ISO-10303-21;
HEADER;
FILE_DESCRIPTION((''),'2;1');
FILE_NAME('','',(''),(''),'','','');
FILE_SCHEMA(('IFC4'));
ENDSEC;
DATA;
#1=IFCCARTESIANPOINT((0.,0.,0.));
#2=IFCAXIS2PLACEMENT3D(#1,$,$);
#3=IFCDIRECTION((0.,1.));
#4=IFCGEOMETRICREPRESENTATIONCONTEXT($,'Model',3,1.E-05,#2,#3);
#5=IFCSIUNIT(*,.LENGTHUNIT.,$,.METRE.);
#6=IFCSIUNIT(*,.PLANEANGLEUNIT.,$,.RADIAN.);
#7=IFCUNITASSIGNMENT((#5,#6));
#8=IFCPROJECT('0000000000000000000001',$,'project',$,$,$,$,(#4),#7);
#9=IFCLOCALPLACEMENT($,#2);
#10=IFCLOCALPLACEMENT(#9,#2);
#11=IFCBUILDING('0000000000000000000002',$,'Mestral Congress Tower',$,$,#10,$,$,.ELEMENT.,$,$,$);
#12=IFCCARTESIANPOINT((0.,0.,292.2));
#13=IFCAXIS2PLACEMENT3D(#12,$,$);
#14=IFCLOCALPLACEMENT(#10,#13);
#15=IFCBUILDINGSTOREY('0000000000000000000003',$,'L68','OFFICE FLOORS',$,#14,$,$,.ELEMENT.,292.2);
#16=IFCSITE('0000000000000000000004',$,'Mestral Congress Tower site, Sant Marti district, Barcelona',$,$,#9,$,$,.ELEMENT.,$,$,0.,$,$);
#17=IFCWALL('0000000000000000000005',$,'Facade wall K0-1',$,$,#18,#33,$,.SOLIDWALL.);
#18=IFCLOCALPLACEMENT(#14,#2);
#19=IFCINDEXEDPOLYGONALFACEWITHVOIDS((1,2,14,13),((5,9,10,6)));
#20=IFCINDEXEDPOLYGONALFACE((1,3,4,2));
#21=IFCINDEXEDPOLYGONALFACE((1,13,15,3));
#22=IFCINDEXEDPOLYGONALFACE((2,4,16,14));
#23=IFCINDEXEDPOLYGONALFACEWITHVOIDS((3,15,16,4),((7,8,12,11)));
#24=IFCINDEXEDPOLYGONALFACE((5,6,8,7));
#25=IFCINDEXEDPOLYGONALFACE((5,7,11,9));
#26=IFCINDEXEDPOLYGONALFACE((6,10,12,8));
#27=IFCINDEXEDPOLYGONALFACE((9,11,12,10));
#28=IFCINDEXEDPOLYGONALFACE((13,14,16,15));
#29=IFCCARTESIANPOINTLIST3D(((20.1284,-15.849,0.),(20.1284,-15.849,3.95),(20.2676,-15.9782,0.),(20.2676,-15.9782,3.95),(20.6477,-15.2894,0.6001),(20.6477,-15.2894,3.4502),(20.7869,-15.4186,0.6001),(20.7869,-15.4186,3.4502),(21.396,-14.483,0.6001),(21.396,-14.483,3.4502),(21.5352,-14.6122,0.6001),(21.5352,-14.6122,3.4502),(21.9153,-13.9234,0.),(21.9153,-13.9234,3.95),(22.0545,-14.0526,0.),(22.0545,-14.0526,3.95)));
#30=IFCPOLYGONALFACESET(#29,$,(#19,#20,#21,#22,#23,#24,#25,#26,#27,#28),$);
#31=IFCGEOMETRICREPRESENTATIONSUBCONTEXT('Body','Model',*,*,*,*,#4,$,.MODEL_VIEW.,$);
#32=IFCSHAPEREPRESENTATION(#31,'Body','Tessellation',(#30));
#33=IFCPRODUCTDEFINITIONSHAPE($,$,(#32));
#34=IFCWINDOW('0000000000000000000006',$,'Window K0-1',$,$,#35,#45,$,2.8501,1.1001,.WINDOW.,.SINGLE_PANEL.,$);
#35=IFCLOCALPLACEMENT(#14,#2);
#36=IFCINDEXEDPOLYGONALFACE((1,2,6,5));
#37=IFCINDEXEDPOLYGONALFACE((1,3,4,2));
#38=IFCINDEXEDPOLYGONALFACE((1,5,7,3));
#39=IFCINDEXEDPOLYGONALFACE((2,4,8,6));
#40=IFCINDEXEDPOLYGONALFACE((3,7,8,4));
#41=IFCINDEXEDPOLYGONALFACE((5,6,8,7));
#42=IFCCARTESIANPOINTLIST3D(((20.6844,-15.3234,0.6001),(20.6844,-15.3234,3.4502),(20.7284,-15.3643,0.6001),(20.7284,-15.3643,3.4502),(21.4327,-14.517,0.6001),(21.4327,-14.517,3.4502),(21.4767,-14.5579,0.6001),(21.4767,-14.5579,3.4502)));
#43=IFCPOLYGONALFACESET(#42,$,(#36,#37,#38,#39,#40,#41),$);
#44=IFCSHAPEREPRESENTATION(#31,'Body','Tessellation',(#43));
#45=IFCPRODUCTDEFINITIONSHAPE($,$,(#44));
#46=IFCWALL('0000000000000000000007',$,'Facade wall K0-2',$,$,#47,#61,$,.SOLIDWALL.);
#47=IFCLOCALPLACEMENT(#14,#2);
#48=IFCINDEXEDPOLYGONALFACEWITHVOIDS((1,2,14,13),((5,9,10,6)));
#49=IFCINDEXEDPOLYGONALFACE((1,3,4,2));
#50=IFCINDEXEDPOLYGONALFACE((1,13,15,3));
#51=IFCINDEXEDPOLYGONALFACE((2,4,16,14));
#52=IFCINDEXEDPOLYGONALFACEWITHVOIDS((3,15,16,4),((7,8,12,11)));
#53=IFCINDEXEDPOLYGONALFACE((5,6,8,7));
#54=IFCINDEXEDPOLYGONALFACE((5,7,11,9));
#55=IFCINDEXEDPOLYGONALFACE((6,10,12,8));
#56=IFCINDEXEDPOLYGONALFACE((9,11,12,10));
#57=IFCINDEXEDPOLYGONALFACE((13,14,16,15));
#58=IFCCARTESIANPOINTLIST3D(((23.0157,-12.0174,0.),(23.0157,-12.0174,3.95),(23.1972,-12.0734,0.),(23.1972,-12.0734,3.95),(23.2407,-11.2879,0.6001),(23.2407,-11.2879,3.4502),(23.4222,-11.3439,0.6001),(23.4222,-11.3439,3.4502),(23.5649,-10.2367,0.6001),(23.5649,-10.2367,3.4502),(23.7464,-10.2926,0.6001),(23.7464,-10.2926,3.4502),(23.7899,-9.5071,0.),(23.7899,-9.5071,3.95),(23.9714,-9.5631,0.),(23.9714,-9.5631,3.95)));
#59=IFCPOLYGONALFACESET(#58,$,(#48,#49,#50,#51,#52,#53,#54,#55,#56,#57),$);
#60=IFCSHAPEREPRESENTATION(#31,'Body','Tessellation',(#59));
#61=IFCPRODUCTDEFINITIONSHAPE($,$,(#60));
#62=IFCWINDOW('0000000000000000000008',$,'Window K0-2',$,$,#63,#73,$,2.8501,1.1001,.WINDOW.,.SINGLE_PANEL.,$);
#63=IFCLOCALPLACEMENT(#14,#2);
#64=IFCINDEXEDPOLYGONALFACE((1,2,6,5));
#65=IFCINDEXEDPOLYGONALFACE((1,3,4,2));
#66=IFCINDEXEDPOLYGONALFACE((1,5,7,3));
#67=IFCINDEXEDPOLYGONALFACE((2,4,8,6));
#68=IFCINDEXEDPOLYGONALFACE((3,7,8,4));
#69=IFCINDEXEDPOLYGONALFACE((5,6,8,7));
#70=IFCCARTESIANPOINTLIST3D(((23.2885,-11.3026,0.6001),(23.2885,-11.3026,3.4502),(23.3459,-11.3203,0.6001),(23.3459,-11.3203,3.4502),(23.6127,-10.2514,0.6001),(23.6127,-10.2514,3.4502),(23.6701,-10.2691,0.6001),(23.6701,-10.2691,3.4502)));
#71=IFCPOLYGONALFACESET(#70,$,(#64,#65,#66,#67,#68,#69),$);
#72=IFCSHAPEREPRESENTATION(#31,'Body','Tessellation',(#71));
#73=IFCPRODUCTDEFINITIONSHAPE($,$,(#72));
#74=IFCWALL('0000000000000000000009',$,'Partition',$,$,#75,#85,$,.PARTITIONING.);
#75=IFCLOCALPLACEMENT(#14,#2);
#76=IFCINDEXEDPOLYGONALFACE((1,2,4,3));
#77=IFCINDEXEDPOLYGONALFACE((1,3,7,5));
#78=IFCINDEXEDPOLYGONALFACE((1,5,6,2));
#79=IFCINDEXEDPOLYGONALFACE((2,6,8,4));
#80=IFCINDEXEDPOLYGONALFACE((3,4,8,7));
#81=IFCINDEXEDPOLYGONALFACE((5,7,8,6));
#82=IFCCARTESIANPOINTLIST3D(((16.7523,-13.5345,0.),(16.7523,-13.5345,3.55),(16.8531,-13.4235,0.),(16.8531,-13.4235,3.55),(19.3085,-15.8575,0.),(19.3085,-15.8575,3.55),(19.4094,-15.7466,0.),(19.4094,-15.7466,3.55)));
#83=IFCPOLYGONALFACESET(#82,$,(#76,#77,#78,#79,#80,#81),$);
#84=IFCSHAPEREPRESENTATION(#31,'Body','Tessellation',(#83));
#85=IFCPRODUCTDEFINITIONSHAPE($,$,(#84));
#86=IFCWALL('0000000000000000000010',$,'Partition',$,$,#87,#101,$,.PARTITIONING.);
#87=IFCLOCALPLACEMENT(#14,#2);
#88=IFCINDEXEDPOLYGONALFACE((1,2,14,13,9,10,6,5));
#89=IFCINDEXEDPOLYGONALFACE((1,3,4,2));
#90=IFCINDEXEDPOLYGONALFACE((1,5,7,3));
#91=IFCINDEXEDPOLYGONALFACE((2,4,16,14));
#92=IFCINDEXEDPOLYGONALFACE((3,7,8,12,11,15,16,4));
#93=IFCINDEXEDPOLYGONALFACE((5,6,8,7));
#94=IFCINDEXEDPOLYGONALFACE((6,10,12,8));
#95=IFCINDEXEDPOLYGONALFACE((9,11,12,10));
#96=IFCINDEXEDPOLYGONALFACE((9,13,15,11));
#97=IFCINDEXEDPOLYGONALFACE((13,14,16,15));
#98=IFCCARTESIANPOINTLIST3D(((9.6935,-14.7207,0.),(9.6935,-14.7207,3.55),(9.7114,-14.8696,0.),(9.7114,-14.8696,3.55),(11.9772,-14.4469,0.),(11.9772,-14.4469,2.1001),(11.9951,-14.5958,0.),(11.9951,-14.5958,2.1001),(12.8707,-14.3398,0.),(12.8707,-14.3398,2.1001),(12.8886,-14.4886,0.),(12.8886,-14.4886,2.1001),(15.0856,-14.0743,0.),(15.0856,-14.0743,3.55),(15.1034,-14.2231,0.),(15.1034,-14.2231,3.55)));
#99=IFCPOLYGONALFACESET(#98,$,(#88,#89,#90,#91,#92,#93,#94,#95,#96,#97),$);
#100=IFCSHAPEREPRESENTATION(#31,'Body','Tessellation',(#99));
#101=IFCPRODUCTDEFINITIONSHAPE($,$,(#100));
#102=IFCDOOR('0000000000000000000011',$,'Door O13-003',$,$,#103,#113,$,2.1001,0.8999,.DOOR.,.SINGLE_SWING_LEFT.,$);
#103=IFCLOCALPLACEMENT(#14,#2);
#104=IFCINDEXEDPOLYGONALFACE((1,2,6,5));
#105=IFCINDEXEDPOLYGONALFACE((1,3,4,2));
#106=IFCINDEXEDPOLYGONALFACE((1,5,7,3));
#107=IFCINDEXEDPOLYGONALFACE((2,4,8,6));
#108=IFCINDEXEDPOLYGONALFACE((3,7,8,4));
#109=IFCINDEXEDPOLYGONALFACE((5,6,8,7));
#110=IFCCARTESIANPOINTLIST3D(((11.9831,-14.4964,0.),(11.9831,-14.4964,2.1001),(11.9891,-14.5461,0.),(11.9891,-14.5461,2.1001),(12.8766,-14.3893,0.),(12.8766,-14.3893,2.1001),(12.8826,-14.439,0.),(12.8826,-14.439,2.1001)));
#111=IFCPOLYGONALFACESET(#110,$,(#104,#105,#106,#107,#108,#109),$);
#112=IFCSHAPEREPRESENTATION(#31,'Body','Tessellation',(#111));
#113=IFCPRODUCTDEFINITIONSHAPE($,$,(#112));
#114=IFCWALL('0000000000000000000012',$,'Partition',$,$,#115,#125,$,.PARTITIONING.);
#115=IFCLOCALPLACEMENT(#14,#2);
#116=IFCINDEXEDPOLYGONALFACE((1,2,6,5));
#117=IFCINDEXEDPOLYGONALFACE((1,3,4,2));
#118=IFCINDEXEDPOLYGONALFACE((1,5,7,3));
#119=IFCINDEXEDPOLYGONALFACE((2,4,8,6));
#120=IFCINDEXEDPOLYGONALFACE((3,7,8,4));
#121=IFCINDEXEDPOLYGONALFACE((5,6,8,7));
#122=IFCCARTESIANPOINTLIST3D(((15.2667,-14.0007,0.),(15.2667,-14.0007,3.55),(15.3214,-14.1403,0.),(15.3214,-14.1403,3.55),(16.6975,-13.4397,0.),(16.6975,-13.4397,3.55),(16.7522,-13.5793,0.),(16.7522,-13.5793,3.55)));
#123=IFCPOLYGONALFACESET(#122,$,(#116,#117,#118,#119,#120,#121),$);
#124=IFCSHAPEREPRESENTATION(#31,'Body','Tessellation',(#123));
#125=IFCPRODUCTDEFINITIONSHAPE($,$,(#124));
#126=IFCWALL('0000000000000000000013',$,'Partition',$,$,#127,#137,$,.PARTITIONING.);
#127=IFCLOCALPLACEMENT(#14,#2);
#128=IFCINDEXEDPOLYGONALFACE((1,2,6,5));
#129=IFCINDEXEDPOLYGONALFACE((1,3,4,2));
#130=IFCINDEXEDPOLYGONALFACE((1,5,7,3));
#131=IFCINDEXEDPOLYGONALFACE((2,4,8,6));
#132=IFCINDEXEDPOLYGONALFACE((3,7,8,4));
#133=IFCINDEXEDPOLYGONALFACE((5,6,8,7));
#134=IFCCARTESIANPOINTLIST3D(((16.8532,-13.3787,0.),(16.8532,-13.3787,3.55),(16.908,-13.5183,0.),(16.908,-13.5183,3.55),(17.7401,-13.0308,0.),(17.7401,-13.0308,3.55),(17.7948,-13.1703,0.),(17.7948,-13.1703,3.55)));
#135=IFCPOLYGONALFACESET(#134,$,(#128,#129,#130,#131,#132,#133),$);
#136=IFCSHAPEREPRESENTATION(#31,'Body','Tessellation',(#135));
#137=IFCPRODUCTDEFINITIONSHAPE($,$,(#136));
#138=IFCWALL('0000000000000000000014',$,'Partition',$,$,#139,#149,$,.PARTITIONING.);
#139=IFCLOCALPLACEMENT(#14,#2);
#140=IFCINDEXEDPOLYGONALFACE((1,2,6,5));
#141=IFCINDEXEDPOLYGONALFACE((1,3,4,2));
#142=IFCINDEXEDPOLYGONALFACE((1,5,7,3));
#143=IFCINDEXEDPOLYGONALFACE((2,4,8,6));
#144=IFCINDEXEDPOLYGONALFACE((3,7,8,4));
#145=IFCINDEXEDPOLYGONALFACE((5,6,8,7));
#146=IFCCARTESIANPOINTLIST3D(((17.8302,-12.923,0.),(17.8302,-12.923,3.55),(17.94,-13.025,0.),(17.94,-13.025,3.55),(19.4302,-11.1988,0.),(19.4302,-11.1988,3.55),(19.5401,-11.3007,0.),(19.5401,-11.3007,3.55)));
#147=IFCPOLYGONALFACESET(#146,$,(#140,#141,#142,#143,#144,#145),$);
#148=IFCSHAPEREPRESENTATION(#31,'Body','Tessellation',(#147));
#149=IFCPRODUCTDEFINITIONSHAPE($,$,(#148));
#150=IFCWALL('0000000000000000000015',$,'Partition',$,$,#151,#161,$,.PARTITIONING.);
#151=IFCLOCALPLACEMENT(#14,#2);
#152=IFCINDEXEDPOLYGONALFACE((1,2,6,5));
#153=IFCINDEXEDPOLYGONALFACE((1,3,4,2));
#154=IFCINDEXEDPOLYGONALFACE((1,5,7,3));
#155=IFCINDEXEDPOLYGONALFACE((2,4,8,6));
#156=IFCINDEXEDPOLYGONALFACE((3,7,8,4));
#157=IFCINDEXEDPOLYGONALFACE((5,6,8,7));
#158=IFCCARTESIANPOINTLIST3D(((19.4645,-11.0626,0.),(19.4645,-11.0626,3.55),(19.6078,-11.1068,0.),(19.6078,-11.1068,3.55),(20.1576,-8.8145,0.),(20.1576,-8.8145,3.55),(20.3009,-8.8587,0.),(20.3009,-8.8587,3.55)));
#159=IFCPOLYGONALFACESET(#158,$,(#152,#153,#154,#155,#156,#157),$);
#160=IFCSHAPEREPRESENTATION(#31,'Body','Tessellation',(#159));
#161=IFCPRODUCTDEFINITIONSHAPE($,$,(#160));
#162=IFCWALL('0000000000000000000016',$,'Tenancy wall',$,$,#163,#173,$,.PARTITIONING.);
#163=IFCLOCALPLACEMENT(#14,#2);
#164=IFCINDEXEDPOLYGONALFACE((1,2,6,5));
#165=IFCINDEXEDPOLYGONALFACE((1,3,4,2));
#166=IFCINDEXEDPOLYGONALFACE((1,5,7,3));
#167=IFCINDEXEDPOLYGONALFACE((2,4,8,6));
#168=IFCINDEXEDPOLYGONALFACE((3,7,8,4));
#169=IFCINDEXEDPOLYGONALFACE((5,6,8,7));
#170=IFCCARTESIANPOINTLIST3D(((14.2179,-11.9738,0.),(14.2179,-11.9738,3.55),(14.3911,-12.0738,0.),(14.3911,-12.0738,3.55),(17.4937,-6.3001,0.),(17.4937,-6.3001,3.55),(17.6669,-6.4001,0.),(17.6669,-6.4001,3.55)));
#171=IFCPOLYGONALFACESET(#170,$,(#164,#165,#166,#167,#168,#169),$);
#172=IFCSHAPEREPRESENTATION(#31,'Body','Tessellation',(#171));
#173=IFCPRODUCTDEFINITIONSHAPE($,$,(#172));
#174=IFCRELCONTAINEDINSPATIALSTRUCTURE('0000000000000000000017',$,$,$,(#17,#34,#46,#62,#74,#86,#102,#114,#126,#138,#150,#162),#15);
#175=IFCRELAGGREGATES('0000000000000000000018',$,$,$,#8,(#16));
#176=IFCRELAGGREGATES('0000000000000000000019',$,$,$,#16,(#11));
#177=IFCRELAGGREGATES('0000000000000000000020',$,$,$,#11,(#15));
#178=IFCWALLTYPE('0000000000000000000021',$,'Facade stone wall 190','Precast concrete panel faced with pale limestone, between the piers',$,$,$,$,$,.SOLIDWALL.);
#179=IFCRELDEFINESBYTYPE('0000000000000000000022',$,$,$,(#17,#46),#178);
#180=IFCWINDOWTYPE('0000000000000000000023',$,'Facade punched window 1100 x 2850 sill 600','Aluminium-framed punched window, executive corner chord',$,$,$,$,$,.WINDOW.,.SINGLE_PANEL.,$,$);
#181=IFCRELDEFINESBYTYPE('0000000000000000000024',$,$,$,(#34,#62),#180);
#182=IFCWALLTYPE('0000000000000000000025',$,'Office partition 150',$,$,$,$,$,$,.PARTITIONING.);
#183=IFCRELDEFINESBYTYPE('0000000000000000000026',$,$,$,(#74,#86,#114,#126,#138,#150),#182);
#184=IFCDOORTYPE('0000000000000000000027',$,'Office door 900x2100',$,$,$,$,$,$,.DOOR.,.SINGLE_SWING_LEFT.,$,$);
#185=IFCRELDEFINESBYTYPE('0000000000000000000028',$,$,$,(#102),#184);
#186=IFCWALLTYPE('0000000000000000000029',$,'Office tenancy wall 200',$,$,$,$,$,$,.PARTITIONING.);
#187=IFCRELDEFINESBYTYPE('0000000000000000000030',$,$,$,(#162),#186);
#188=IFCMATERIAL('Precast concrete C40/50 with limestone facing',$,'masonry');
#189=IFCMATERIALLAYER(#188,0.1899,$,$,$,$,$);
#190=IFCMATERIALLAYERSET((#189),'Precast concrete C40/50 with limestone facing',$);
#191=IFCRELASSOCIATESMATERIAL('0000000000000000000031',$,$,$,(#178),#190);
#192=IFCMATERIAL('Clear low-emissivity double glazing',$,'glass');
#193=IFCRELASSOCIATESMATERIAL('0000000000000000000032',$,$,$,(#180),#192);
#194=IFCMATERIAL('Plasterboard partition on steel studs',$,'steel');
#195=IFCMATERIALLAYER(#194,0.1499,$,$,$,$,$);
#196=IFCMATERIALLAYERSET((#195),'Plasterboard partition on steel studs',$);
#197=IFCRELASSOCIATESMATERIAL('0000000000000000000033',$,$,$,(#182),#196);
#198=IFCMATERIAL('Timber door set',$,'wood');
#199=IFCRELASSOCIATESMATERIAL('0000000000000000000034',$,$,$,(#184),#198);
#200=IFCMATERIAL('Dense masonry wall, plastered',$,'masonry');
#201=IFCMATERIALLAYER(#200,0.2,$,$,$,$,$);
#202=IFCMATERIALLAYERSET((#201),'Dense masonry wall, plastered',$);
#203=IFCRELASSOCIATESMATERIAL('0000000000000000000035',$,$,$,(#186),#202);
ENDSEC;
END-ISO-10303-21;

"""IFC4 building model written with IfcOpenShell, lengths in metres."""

from ifc_helpers import new_model, si_unit, direction, frame, frame_2d, origin, place, context, subcontext, project, spatial, rectangle, extrude, material, layer, layer_set, type_object, element, fill, save


model = new_model("IFC4")

# Units and contexts
model_context = context("Model", 3, precision=1e-05, world=origin(), true_north=direction((0.0, 1.0)))
body_context = subcontext(model_context, "Body", "Model", "MODEL_VIEW")
ifc_project = project(units=[si_unit("LENGTHUNIT", "METRE"), si_unit("PLANEANGLEUNIT", "RADIAN")], contexts=[model_context])

# Site, building, storey
site_placement = place(None, origin())
site = spatial("IfcSite", under=ifc_project, at=site_placement, Name="Mestral Congress Tower site, Sant Marti district, Barcelona", CompositionType="ELEMENT", RefElevation=0.0)
building_placement = place(site_placement, origin())
building = spatial("IfcBuilding", under=site, at=building_placement, Name="Mestral Congress Tower", CompositionType="ELEMENT")
storey_placement = place(building_placement, frame((0.0, 0.0, 292.2)))
storey = spatial("IfcBuildingStorey", under=building, at=storey_placement, Name="L68", Description="OFFICE FLOORS", CompositionType="ELEMENT", Elevation=292.2)

# Walls, openings, windows
ifc_material_1 = material(Name="Precast concrete C40/50 with limestone facing", Category="masonry")
ifc_layer_1 = layer(ifc_material_1, 0.1899)
ifc_layer_set_1 = layer_set([ifc_layer_1], Name="Precast concrete C40/50 with limestone facing")
wall_type_1 = type_object("IfcWallType", Name="Facade stone wall 190", Description="Precast concrete panel faced with pale limestone, between the piers", PredefinedType="SOLIDWALL", material=ifc_layer_set_1)
ifc_material_2 = material(Name="Clear low-emissivity double glazing", Category="glass")
window_type = type_object("IfcWindowType", Name="Facade punched window 1100 x 2850 sill 600", Description="Aluminium-framed punched window, executive corner chord", PartitioningType="SINGLE_PANEL", PredefinedType="WINDOW", material=ifc_material_2)
wall_1_placement = place(storey_placement, frame((20.198, -15.9136, 0.0), z_axis=(0.0, 0.0, 1.0), x_axis=(0.680219, 0.733009, 0.0)))
wall_1 = element("IfcWall", 1, at=wall_1_placement, inside=storey, type_object=wall_type_1, Name="Facade wall K0-1", PredefinedType="SOLIDWALL", context=body_context, shape_type="SweptSolid", body=[
    extrude(rectangle(XDim=2.627, YDim=0.1899, at=frame_2d((1.3135, 0.0))), origin(), (0.0, 0.0, 1.0), 3.95),
])
opening_1_placement = place(wall_1_placement, frame((0.7634, 0.0, 0.6001)))
opening_1 = element("IfcOpeningElement", 2, at=opening_1_placement, cuts=wall_1, PredefinedType="OPENING", context=body_context, shape_type="SweptSolid", body=[
    extrude(rectangle(XDim=1.1001, YDim=2.8501, at=frame_2d((0.55, 1.425))), frame((0.0, 0.105, 0.0), z_axis=(0.0, -1.0, 0.0), x_axis=(1.0, 0.0, 0.0)), (0.0, 0.0, 1.0), 0.21),
])
window_1_placement = place(opening_1_placement, origin())
window_1 = element("IfcWindow", 3, at=window_1_placement, inside=storey, type_object=window_type, Name="Window K0-1", OverallHeight=2.8501, OverallWidth=1.1001, PartitioningType="SINGLE_PANEL", PredefinedType="WINDOW", context=body_context, shape_type="SweptSolid", body=[
    extrude(rectangle(XDim=1.1001, YDim=2.8501, at=frame_2d((0.55, 1.425))), frame((0.0, 0.0449, 0.0), z_axis=(0.0, -1.0, 0.0), x_axis=(1.0, 0.0, 0.0)), (0.0, 0.0, 1.0), 0.0601),
])
fill(opening_1, window_1)
wall_2_placement = place(storey_placement, frame((23.1064, -12.0454, 0.0), z_axis=(0.0, 0.0, 1.0), x_axis=(0.294706, 0.955588, 0.0)))
wall_2 = element("IfcWall", 4, at=wall_2_placement, inside=storey, type_object=wall_type_1, Name="Facade wall K0-2", PredefinedType="SOLIDWALL", context=body_context, shape_type="SweptSolid", body=[
    extrude(rectangle(XDim=2.627, YDim=0.1899, at=frame_2d((1.3135, 0.0))), origin(), (0.0, 0.0, 1.0), 3.95),
])
opening_2_placement = place(wall_2_placement, frame((0.7634, 0.0, 0.6001)))
opening_2 = element("IfcOpeningElement", 5, at=opening_2_placement, cuts=wall_2, PredefinedType="OPENING", context=body_context, shape_type="SweptSolid", body=[
    extrude(rectangle(XDim=1.1001, YDim=2.8501, at=frame_2d((0.55, 1.425))), frame((0.0, 0.105, 0.0), z_axis=(0.0, -1.0, 0.0), x_axis=(1.0, 0.0, 0.0)), (0.0, 0.0, 1.0), 0.21),
])
window_2_placement = place(opening_2_placement, origin())
window_2 = element("IfcWindow", 6, at=window_2_placement, inside=storey, type_object=window_type, Name="Window K0-2", OverallHeight=2.8501, OverallWidth=1.1001, PartitioningType="SINGLE_PANEL", PredefinedType="WINDOW", context=body_context, shape_type="SweptSolid", body=[
    extrude(rectangle(XDim=1.1001, YDim=2.8501, at=frame_2d((0.55, 1.425))), frame((0.0, 0.0449, 0.0), z_axis=(0.0, -1.0, 0.0), x_axis=(1.0, 0.0, 0.0)), (0.0, 0.0, 1.0), 0.0601),
])
fill(opening_2, window_2)

# Wall
ifc_material_3 = material(Name="Plasterboard partition on steel studs", Category="steel")
ifc_layer_2 = layer(ifc_material_3, 0.1499)
ifc_layer_set_2 = layer_set([ifc_layer_2], Name="Plasterboard partition on steel studs")
wall_type_2 = type_object("IfcWallType", Name="Office partition 150", PredefinedType="PARTITIONING", material=ifc_layer_set_2)
wall_3_placement = place(storey_placement, frame((16.8027, -13.479, 0.0), z_axis=(0.0, 0.0, 1.0), x_axis=(0.740052, -0.67255, 0.0)))
element("IfcWall", 7, at=wall_3_placement, inside=storey, type_object=wall_type_2, Name="Partition", PredefinedType="PARTITIONING", context=body_context, shape_type="SweptSolid", body=[
    extrude(rectangle(XDim=3.4541, YDim=0.1499, at=frame_2d((1.7271, 0.0))), origin(), (0.0, 0.0, 1.0), 3.55),
])

# Wall, opening, door
wall_4_placement = place(storey_placement, frame((15.0945, -14.1487, 0.0), z_axis=(0.0, 0.0, 1.0), x_axis=(-0.992889, -0.119042, 0.0)))
wall_4 = element("IfcWall", 8, at=wall_4_placement, inside=storey, type_object=wall_type_2, Name="Partition", PredefinedType="PARTITIONING", context=body_context, shape_type="SweptSolid", body=[
    extrude(rectangle(XDim=5.4307, YDim=0.1499, at=frame_2d((2.7153, 0.0))), origin(), (0.0, 0.0, 1.0), 3.55),
])
opening_3_placement = place(wall_4_placement, frame((2.2307, 0.0, 0.0)))
opening_3 = element("IfcOpeningElement", 9, at=opening_3_placement, cuts=wall_4, PredefinedType="OPENING", context=body_context, shape_type="SweptSolid", body=[
    extrude(rectangle(XDim=0.8999, YDim=2.1001, at=frame_2d((0.45, 1.05))), frame((0.0, 0.085, 0.0), z_axis=(0.0, -1.0, 0.0), x_axis=(1.0, 0.0, 0.0)), (0.0, 0.0, 1.0), 0.1699),
])
ifc_material_4 = material(Name="Timber door set", Category="wood")
door_type = type_object("IfcDoorType", Name="Office door 900x2100", OperationType="SINGLE_SWING_LEFT", PredefinedType="DOOR", material=ifc_material_4)
door_placement = place(opening_3_placement, origin())
door = element("IfcDoor", 10, at=door_placement, inside=storey, type_object=door_type, Name="Door O13-003", OperationType="SINGLE_SWING_LEFT", OverallHeight=2.1001, OverallWidth=0.8999, PredefinedType="DOOR", context=body_context, shape_type="SweptSolid", body=[
    extrude(rectangle(XDim=0.8999, YDim=2.1001, at=frame_2d((0.45, 1.05))), frame((0.0, 0.0249, 0.0), z_axis=(0.0, -1.0, 0.0), x_axis=(1.0, 0.0, 0.0)), (0.0, 0.0, 1.0), 0.05),
])
fill(opening_3, door)

# Walls
wall_5_placement = place(storey_placement, frame((15.2939, -14.0706, 0.0), z_axis=(0.0, 0.0, 1.0), x_axis=(0.930996, 0.365028, 0.0)))
element("IfcWall", 11, at=wall_5_placement, inside=storey, type_object=wall_type_2, Name="Partition", PredefinedType="PARTITIONING", context=body_context, shape_type="SweptSolid", body=[
    extrude(rectangle(XDim=1.5369, YDim=0.1499, at=frame_2d((0.7686, 0.0))), origin(), (0.0, 0.0, 1.0), 3.55),
])
wall_6_placement = place(storey_placement, frame((16.8806, -13.4485, 0.0), z_axis=(0.0, 0.0, 1.0), x_axis=(0.930913, 0.36524, 0.0)))
element("IfcWall", 12, at=wall_6_placement, inside=storey, type_object=wall_type_2, Name="Partition", PredefinedType="PARTITIONING", context=body_context, shape_type="SweptSolid", body=[
    extrude(rectangle(XDim=0.9526, YDim=0.1499, at=frame_2d((0.4763, 0.0))), origin(), (0.0, 0.0, 1.0), 3.55),
])
wall_7_placement = place(storey_placement, frame((17.885, -12.9741, 0.0), z_axis=(0.0, 0.0, 1.0), x_axis=(0.6802, 0.733026, 0.0)))
element("IfcWall", 13, at=wall_7_placement, inside=storey, type_object=wall_type_2, Name="Partition", PredefinedType="PARTITIONING", context=body_context, shape_type="SweptSolid", body=[
    extrude(rectangle(XDim=2.3523, YDim=0.1499, at=frame_2d((1.1763, 0.0))), origin(), (0.0, 0.0, 1.0), 3.55),
])
wall_8_placement = place(storey_placement, frame((19.5361, -11.0847, 0.0), z_axis=(0.0, 0.0, 1.0), x_axis=(0.294633, 0.955611, 0.0)))
element("IfcWall", 14, at=wall_8_placement, inside=storey, type_object=wall_type_2, Name="Partition", PredefinedType="PARTITIONING", context=body_context, shape_type="SweptSolid", body=[
    extrude(rectangle(XDim=2.3525, YDim=0.1499, at=frame_2d((1.1763, 0.0))), origin(), (0.0, 0.0, 1.0), 3.55),
])
ifc_material_5 = material(Name="Dense masonry wall, plastered", Category="masonry")
ifc_layer_3 = layer(ifc_material_5, 0.2)
ifc_layer_set_3 = layer_set([ifc_layer_3], Name="Dense masonry wall, plastered")
wall_type_3 = type_object("IfcWallType", Name="Office tenancy wall 200", PredefinedType="PARTITIONING", material=ifc_layer_set_3)
wall_9_placement = place(storey_placement, frame((14.3044, -12.0239, 0.0), z_axis=(0.0, 0.0, 1.0), x_axis=(0.500011, 0.866019, 0.0)))
element("IfcWall", 15, at=wall_9_placement, inside=storey, type_object=wall_type_3, Name="Tenancy wall", PredefinedType="PARTITIONING", context=body_context, shape_type="SweptSolid", body=[
    extrude(rectangle(XDim=6.5515, YDim=0.2, at=frame_2d((3.2759, 0.0))), origin(), (0.0, 0.0, 1.0), 3.55),
])

save(model, "model.ifc")
